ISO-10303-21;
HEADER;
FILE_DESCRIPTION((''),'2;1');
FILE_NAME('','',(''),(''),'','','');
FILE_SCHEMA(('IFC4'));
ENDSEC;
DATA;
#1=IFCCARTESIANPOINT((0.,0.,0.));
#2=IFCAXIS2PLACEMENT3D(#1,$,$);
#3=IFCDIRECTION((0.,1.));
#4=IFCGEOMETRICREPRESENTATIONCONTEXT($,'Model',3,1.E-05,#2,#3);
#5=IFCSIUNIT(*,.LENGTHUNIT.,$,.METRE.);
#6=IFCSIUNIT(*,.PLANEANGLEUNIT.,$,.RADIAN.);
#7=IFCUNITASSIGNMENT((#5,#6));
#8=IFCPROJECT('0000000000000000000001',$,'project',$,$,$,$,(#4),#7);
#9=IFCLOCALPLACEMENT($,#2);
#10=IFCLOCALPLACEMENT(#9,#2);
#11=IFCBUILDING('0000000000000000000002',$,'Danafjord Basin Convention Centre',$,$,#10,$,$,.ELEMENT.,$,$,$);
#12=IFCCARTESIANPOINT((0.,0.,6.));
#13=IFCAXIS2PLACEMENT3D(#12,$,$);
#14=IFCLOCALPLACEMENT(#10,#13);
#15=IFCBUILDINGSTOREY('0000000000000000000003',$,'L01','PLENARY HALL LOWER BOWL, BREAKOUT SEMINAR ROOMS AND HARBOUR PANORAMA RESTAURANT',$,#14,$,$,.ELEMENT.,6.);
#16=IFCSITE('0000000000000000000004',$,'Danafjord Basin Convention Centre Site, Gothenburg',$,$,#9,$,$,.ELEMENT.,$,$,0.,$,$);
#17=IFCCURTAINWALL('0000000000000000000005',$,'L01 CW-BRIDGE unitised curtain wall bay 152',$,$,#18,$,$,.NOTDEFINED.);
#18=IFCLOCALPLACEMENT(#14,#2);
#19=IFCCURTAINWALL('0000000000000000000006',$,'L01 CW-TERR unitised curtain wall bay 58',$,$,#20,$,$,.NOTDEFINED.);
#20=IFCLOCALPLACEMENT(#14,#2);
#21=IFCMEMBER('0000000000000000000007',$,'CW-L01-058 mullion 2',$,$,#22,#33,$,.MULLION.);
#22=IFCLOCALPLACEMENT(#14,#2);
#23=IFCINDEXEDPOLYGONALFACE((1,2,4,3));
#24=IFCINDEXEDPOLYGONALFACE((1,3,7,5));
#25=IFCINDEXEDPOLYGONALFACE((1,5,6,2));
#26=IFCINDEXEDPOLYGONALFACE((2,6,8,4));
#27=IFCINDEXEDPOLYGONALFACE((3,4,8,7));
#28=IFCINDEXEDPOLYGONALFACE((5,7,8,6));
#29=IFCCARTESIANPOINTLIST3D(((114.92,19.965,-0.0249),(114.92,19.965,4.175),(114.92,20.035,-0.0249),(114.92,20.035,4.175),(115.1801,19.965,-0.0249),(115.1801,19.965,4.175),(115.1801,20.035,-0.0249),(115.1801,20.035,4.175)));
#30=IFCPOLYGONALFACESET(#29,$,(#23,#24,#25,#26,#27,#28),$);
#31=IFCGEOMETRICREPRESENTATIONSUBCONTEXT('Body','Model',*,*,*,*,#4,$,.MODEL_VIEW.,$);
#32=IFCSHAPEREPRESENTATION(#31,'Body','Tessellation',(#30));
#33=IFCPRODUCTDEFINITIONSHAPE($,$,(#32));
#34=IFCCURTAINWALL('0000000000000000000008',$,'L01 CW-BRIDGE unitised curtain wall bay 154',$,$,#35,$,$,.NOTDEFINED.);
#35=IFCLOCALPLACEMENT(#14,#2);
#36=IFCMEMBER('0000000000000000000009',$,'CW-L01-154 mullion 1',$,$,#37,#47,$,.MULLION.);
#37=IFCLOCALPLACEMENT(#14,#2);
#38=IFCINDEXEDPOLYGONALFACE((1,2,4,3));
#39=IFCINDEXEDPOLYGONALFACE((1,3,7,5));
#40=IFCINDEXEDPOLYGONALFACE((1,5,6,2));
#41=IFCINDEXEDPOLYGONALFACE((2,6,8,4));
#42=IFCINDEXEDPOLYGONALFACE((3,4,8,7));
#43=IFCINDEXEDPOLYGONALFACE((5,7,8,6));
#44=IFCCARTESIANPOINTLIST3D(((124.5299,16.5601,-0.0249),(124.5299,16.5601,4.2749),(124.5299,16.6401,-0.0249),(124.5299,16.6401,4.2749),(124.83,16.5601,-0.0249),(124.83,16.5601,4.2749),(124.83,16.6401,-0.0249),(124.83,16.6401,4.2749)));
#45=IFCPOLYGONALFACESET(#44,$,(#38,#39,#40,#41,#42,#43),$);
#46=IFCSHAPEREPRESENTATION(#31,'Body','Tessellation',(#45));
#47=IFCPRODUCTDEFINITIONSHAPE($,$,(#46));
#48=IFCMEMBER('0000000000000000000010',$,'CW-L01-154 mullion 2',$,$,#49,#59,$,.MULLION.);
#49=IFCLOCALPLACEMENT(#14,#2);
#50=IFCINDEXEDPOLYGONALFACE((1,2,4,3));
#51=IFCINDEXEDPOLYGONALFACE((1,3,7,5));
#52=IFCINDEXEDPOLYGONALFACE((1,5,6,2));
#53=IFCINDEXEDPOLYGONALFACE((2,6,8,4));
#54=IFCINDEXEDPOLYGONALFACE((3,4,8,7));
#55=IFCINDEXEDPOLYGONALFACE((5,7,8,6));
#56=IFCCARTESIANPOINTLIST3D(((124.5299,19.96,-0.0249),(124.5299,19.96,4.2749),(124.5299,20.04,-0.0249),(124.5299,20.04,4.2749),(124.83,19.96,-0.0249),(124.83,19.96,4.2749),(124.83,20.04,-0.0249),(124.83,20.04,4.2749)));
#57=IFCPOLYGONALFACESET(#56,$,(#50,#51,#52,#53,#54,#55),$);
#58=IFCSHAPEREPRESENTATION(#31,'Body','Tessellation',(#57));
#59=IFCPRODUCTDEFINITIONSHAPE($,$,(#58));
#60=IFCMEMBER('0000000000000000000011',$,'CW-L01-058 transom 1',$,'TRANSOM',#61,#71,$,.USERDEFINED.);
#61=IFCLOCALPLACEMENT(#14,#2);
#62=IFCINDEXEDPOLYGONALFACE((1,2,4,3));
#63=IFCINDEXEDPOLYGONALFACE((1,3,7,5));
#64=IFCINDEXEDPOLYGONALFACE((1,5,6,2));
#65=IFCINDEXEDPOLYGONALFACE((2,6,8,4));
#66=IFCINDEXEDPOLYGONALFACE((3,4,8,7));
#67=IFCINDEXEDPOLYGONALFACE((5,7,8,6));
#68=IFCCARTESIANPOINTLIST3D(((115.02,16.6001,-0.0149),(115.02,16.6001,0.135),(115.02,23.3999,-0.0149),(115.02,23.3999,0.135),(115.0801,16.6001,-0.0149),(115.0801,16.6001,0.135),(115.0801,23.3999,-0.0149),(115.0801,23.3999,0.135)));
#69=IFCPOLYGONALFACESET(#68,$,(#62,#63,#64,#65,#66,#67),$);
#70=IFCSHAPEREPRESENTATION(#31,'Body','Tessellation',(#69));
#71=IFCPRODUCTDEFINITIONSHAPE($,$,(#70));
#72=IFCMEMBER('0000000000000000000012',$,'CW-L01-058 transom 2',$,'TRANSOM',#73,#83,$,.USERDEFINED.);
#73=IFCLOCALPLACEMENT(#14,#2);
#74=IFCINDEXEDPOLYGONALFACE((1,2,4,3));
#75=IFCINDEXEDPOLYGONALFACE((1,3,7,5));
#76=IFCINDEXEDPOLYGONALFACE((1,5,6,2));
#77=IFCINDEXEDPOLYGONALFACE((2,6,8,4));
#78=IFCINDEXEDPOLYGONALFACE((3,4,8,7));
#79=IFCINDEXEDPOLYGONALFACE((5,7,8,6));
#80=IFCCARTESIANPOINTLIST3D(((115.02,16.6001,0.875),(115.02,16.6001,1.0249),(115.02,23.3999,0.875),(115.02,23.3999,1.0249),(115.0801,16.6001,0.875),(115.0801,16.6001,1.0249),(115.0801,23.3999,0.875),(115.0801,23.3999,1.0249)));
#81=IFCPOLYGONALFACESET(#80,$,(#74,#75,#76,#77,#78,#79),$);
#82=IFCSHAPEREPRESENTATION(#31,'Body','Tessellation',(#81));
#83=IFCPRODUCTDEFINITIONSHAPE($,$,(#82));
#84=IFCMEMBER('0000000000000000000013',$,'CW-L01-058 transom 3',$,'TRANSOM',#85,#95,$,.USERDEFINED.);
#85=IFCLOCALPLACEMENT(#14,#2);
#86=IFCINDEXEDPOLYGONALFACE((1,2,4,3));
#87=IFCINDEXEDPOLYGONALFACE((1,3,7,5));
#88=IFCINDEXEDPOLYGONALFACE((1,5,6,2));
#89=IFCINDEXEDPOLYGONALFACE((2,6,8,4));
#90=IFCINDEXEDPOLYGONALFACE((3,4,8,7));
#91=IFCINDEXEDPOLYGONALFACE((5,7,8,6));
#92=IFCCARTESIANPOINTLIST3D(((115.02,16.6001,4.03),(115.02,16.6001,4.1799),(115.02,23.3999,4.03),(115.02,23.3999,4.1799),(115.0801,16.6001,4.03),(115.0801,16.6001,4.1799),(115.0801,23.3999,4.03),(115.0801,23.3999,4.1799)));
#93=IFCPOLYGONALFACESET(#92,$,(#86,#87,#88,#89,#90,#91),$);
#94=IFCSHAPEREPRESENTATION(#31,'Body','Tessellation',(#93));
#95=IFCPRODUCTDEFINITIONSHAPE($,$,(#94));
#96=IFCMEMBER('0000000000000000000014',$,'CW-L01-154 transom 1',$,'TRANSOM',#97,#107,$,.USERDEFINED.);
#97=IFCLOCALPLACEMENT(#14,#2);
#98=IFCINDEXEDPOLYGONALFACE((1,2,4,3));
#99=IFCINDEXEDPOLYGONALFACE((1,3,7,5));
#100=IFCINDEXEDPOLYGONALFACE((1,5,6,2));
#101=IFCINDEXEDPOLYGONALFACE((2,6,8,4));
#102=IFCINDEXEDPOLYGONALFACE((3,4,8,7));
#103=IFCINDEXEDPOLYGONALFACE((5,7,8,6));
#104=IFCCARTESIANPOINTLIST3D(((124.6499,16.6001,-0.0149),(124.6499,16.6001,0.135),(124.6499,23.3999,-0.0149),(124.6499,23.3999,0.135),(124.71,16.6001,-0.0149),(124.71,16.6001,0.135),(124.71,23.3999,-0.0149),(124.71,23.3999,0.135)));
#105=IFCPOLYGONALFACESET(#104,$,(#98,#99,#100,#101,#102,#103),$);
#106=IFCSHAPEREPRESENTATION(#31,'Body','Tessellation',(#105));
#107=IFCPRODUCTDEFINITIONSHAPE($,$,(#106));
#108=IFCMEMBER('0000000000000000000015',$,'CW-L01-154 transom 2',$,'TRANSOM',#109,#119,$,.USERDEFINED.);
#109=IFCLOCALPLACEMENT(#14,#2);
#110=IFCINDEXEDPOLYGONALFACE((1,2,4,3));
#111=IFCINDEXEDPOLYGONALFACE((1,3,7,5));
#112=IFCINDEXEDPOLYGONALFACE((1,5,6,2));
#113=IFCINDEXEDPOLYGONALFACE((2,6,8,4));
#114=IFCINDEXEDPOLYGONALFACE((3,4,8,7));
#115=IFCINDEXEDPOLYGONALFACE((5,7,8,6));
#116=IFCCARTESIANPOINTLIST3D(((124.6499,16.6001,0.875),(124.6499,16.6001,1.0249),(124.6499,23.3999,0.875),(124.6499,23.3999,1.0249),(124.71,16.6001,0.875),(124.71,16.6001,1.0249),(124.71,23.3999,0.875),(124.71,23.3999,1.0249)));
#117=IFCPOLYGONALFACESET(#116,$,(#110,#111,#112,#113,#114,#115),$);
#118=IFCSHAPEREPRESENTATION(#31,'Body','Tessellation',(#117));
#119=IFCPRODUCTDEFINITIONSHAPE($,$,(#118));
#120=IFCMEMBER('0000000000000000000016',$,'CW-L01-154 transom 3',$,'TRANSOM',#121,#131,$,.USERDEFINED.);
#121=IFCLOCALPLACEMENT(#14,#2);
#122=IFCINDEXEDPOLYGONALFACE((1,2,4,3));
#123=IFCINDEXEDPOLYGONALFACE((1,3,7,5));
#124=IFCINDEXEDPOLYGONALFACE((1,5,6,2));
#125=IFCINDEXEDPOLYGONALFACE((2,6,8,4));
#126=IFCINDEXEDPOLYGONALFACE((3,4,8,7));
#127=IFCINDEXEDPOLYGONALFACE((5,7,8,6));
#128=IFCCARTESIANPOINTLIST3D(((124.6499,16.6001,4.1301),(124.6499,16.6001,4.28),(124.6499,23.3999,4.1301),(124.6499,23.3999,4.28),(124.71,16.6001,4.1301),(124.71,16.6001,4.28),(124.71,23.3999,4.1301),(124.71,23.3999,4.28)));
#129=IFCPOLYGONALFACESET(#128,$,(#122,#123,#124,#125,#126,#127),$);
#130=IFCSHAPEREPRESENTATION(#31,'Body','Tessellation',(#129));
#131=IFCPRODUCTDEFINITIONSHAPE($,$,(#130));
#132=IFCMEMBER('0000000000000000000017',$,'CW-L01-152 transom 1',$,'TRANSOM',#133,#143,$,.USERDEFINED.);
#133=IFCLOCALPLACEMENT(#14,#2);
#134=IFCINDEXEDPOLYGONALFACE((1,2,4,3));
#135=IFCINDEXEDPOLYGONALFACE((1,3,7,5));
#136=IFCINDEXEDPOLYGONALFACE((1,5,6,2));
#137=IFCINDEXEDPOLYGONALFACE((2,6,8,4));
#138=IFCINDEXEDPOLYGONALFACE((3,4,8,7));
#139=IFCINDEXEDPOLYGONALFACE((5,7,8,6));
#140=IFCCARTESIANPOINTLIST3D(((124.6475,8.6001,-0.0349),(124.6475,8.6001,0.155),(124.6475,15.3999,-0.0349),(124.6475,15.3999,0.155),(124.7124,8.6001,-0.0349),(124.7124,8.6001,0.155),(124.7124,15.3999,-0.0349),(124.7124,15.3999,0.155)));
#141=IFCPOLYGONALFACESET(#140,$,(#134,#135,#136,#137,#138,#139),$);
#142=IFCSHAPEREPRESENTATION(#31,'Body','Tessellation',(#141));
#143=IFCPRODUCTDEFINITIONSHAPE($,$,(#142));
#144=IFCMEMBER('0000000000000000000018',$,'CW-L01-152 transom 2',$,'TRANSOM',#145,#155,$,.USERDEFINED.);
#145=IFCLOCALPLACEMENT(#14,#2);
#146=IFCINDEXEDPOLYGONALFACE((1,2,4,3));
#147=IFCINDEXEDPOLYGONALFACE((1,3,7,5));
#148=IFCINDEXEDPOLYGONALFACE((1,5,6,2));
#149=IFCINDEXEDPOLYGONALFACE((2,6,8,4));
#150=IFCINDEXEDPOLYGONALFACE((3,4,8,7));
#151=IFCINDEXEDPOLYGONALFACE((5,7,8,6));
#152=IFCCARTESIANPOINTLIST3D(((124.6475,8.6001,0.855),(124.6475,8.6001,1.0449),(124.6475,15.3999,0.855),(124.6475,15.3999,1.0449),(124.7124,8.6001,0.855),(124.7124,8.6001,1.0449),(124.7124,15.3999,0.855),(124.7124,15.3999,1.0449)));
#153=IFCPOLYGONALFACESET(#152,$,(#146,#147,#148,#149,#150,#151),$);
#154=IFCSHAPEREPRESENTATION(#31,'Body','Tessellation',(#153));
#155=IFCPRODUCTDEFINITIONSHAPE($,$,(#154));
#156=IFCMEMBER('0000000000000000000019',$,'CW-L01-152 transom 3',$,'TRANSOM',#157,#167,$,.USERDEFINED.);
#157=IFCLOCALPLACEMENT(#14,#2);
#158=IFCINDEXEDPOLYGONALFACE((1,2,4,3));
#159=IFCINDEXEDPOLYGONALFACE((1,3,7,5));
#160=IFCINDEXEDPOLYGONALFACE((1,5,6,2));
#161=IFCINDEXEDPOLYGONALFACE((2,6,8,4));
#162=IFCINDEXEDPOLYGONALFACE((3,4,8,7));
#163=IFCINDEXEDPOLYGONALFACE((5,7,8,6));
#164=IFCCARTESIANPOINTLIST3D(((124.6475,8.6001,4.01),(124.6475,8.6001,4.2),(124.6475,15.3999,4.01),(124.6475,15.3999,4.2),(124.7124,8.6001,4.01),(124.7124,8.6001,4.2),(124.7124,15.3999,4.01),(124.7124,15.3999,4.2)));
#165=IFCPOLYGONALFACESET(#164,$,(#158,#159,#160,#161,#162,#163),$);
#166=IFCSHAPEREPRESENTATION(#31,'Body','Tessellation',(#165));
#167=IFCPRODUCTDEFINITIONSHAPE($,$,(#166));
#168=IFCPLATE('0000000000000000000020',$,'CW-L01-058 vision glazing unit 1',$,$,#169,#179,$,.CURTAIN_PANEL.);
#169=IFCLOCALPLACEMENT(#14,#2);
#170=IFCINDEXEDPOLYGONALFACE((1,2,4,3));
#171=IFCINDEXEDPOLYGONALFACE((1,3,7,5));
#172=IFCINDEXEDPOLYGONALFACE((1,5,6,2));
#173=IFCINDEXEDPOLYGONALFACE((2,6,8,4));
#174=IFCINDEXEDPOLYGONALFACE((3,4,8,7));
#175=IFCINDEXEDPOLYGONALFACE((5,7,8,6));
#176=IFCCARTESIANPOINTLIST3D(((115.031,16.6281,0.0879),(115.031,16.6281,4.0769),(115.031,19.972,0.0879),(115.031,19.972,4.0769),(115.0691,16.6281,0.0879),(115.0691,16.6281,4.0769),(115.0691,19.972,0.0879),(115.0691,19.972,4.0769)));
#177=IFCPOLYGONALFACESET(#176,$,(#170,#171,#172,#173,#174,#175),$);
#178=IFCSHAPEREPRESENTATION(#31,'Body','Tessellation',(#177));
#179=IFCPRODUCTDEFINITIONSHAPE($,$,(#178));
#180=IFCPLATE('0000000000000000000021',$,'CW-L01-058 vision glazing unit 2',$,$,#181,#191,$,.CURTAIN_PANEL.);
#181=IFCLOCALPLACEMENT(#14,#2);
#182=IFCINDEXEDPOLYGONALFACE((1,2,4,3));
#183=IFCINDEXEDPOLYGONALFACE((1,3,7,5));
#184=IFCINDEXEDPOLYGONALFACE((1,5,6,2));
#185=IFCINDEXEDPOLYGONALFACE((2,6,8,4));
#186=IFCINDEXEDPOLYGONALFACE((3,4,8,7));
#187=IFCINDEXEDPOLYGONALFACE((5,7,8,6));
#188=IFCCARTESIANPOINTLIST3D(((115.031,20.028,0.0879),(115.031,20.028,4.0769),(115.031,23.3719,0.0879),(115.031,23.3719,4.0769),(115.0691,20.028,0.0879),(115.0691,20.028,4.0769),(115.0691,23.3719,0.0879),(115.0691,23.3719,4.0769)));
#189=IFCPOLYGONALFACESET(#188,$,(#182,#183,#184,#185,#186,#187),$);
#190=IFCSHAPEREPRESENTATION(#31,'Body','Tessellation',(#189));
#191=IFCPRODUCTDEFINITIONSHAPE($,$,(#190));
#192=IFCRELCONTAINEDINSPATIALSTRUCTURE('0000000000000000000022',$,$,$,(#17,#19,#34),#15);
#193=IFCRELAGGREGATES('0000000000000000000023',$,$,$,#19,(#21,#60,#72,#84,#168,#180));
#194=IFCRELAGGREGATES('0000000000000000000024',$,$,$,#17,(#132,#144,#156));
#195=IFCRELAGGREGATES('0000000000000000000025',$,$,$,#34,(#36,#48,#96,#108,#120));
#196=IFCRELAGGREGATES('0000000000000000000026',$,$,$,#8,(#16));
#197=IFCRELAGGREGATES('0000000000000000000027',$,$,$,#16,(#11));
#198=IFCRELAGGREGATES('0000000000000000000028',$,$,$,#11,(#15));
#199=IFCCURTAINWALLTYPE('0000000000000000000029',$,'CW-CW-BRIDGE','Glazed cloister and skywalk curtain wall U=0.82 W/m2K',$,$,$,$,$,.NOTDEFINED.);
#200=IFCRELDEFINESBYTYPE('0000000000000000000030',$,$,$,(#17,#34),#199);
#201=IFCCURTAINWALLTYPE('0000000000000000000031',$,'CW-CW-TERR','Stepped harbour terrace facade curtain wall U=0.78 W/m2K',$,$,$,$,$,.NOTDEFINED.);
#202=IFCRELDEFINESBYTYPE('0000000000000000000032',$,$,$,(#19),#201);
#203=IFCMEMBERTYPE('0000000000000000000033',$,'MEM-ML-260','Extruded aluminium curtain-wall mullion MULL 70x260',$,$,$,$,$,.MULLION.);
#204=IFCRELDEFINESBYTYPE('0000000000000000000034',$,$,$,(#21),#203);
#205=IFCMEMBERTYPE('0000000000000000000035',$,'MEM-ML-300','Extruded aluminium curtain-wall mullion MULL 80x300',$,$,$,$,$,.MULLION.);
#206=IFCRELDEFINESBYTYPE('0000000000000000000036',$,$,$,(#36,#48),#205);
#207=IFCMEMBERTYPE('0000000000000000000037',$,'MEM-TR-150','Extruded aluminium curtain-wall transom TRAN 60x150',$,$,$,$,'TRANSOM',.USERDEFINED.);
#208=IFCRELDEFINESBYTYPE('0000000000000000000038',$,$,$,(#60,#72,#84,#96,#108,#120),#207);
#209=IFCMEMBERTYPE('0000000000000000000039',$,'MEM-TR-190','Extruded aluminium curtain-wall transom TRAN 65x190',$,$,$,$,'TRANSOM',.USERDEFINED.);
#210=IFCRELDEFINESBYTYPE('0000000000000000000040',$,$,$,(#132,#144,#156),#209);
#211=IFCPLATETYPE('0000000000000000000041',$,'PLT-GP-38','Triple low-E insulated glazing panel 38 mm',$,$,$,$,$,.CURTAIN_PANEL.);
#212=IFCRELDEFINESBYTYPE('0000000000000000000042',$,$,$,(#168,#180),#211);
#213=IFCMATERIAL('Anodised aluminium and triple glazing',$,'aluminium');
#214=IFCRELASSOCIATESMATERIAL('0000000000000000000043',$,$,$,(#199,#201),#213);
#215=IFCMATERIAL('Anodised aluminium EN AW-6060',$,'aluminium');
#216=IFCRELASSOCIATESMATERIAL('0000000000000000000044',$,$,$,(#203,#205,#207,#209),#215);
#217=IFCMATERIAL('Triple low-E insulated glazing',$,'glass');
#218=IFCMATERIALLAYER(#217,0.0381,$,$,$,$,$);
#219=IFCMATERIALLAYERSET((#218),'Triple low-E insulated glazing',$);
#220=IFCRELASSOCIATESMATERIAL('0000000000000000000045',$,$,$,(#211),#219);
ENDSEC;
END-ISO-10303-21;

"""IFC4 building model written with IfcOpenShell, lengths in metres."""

from ifc_helpers import new_model, si_unit, direction, frame, origin, origin_2d, place, context, subcontext, project, spatial, rectangle, extrude, material, layer, layer_set, material_profile, profile_set, type_object, element, aggregate, save


model = new_model("IFC4")

# Units and contexts
model_context = context("Model", 3, precision=1e-05, world=origin(), true_north=direction((0.0, 1.0)))
body_context = subcontext(model_context, "Body", "Model", "MODEL_VIEW")
ifc_project = project(units=[si_unit("LENGTHUNIT", "METRE"), si_unit("PLANEANGLEUNIT", "RADIAN")], contexts=[model_context])

# Site, building, storey
site_placement = place(None, origin())
site = spatial("IfcSite", under=ifc_project, at=site_placement, Name="Danafjord Basin Convention Centre Site, Gothenburg", CompositionType="ELEMENT", RefElevation=0.0)
building_placement = place(site_placement, origin())
building = spatial("IfcBuilding", under=site, at=building_placement, Name="Danafjord Basin Convention Centre", CompositionType="ELEMENT")
storey_placement = place(building_placement, frame((0.0, 0.0, 6.0)))
storey = spatial("IfcBuildingStorey", under=building, at=storey_placement, Name="L01", Description="PLENARY HALL LOWER BOWL, BREAKOUT SEMINAR ROOMS AND HARBOUR PANORAMA RESTAURANT", CompositionType="ELEMENT", Elevation=6.0)

# Curtain walls, members
ifc_material_1 = material(Name="Anodised aluminium and triple glazing", Category="aluminium")
curtain_wall_type_1 = type_object("IfcCurtainWallType", Name="CW-CW-BRIDGE", Description="Glazed cloister and skywalk curtain wall U=0.82 W/m2K", PredefinedType="NOTDEFINED", material=ifc_material_1)
curtain_wall_1_placement = place(storey_placement, origin())
curtain_wall_1 = element("IfcCurtainWall", 1, at=curtain_wall_1_placement, inside=storey, type_object=curtain_wall_type_1, Name="L01 CW-BRIDGE unitised curtain wall bay 152", PredefinedType="NOTDEFINED")
ifc_material_2 = material(Name="Anodised aluminium EN AW-6060", Category="aluminium")
curtain_wall_type_2 = type_object("IfcCurtainWallType", Name="CW-CW-TERR", Description="Stepped harbour terrace facade curtain wall U=0.78 W/m2K", PredefinedType="NOTDEFINED", material=ifc_material_1)
curtain_wall_2_placement = place(storey_placement, origin())
curtain_wall_2 = element("IfcCurtainWall", 2, at=curtain_wall_2_placement, inside=storey, type_object=curtain_wall_type_2, Name="L01 CW-TERR unitised curtain wall bay 58", PredefinedType="NOTDEFINED")
ifc_material_profile_1 = material_profile(ifc_material_2, rectangle(XDim=0.0701, YDim=0.26, at=origin_2d()), Name="MULL 70x260")
ifc_profile_set_1 = profile_set([ifc_material_profile_1], Name="Anodised aluminium EN AW-6060")
member_type_1 = type_object("IfcMemberType", Name="MEM-ML-260", Description="Extruded aluminium curtain-wall mullion MULL 70x260", PredefinedType="MULLION", material=ifc_profile_set_1)
member_1_placement = place(storey_placement, frame((115.05, 20.0, -0.0249), z_axis=(0.0, 0.0, 1.0), x_axis=(0.0, 1.0, 0.0)))
member_1 = element("IfcMember", 3, at=member_1_placement, type_object=member_type_1, Name="CW-L01-058 mullion 2", PredefinedType="MULLION", context=body_context, shape_type="SweptSolid", body=[
    extrude(rectangle(XDim=0.0701, YDim=0.26, at=origin_2d()), origin(), (0.0, 0.0, 1.0), 4.2),
])
curtain_wall_3_placement = place(storey_placement, origin())
curtain_wall_3 = element("IfcCurtainWall", 4, at=curtain_wall_3_placement, inside=storey, type_object=curtain_wall_type_1, Name="L01 CW-BRIDGE unitised curtain wall bay 154", PredefinedType="NOTDEFINED")
ifc_material_profile_2 = material_profile(ifc_material_2, rectangle(XDim=0.0801, YDim=0.3, at=origin_2d()), Name="MULL 80x300")
ifc_profile_set_2 = profile_set([ifc_material_profile_2], Name="Anodised aluminium EN AW-6060")
member_type_2 = type_object("IfcMemberType", Name="MEM-ML-300", Description="Extruded aluminium curtain-wall mullion MULL 80x300", PredefinedType="MULLION", material=ifc_profile_set_2)
member_2_placement = place(storey_placement, frame((124.6799, 16.6001, -0.0249), z_axis=(0.0, 0.0, 1.0), x_axis=(0.0, 1.0, 0.0)))
member_2 = element("IfcMember", 5, at=member_2_placement, type_object=member_type_2, Name="CW-L01-154 mullion 1", PredefinedType="MULLION", context=body_context, shape_type="SweptSolid", body=[
    extrude(rectangle(XDim=0.0801, YDim=0.3, at=origin_2d()), origin(), (0.0, 0.0, 1.0), 4.2998),
])
member_3_placement = place(storey_placement, frame((124.6799, 20.0, -0.0249), z_axis=(0.0, 0.0, 1.0), x_axis=(0.0, 1.0, 0.0)))
member_3 = element("IfcMember", 6, at=member_3_placement, type_object=member_type_2, Name="CW-L01-154 mullion 2", PredefinedType="MULLION", context=body_context, shape_type="SweptSolid", body=[
    extrude(rectangle(XDim=0.0801, YDim=0.3, at=origin_2d()), origin(), (0.0, 0.0, 1.0), 4.2998),
])

# Members
ifc_material_profile_3 = material_profile(ifc_material_2, rectangle(XDim=0.0601, YDim=0.1499, at=origin_2d()), Name="TRAN 60x150")
ifc_profile_set_3 = profile_set([ifc_material_profile_3], Name="Anodised aluminium EN AW-6060")
member_type_3 = type_object("IfcMemberType", Name="MEM-TR-150", Description="Extruded aluminium curtain-wall transom TRAN 60x150", ElementType="TRANSOM", PredefinedType="USERDEFINED", material=ifc_profile_set_3)
member_4_placement = place(storey_placement, frame((115.05, 16.6001, 0.0601), z_axis=(0.0, 1.0, 0.0), x_axis=(-1.0, 0.0, 0.0)))
member_4 = element("IfcMember", 7, at=member_4_placement, type_object=member_type_3, Name="CW-L01-058 transom 1", ObjectType="TRANSOM", PredefinedType="USERDEFINED", context=body_context, shape_type="SweptSolid", body=[
    extrude(rectangle(XDim=0.0601, YDim=0.1499, at=origin_2d()), origin(), (0.0, 0.0, 1.0), 6.7998),
])
member_5_placement = place(storey_placement, frame((115.05, 16.6001, 0.95), z_axis=(0.0, 1.0, 0.0), x_axis=(-1.0, 0.0, 0.0)))
member_5 = element("IfcMember", 8, at=member_5_placement, type_object=member_type_3, Name="CW-L01-058 transom 2", ObjectType="TRANSOM", PredefinedType="USERDEFINED", context=body_context, shape_type="SweptSolid", body=[
    extrude(rectangle(XDim=0.0601, YDim=0.1499, at=origin_2d()), origin(), (0.0, 0.0, 1.0), 6.7998),
])
member_6_placement = place(storey_placement, frame((115.05, 16.6001, 4.105), z_axis=(0.0, 1.0, 0.0), x_axis=(-1.0, 0.0, 0.0)))
member_6 = element("IfcMember", 9, at=member_6_placement, type_object=member_type_3, Name="CW-L01-058 transom 3", ObjectType="TRANSOM", PredefinedType="USERDEFINED", context=body_context, shape_type="SweptSolid", body=[
    extrude(rectangle(XDim=0.0601, YDim=0.1499, at=origin_2d()), origin(), (0.0, 0.0, 1.0), 6.7998),
])
member_7_placement = place(storey_placement, frame((124.6799, 16.6001, 0.0601), z_axis=(0.0, 1.0, 0.0), x_axis=(-1.0, 0.0, 0.0)))
member_7 = element("IfcMember", 10, at=member_7_placement, type_object=member_type_3, Name="CW-L01-154 transom 1", ObjectType="TRANSOM", PredefinedType="USERDEFINED", context=body_context, shape_type="SweptSolid", body=[
    extrude(rectangle(XDim=0.0601, YDim=0.1499, at=origin_2d()), origin(), (0.0, 0.0, 1.0), 6.7998),
])
member_8_placement = place(storey_placement, frame((124.6799, 16.6001, 0.95), z_axis=(0.0, 1.0, 0.0), x_axis=(-1.0, 0.0, 0.0)))
member_8 = element("IfcMember", 11, at=member_8_placement, type_object=member_type_3, Name="CW-L01-154 transom 2", ObjectType="TRANSOM", PredefinedType="USERDEFINED", context=body_context, shape_type="SweptSolid", body=[
    extrude(rectangle(XDim=0.0601, YDim=0.1499, at=origin_2d()), origin(), (0.0, 0.0, 1.0), 6.7998),
])
member_9_placement = place(storey_placement, frame((124.6799, 16.6001, 4.2051), z_axis=(0.0, 1.0, 0.0), x_axis=(-1.0, 0.0, 0.0)))
member_9 = element("IfcMember", 12, at=member_9_placement, type_object=member_type_3, Name="CW-L01-154 transom 3", ObjectType="TRANSOM", PredefinedType="USERDEFINED", context=body_context, shape_type="SweptSolid", body=[
    extrude(rectangle(XDim=0.0601, YDim=0.1499, at=origin_2d()), origin(), (0.0, 0.0, 1.0), 6.7998),
])
ifc_material_profile_4 = material_profile(ifc_material_2, rectangle(XDim=0.0649, YDim=0.1899, at=origin_2d()), Name="TRAN 65x190")
ifc_profile_set_4 = profile_set([ifc_material_profile_4], Name="Anodised aluminium EN AW-6060")
member_type_4 = type_object("IfcMemberType", Name="MEM-TR-190", Description="Extruded aluminium curtain-wall transom TRAN 65x190", ElementType="TRANSOM", PredefinedType="USERDEFINED", material=ifc_profile_set_4)
member_10_placement = place(storey_placement, frame((124.6799, 8.6001, 0.0601), z_axis=(0.0, 1.0, 0.0), x_axis=(-1.0, 0.0, 0.0)))
member_10 = element("IfcMember", 13, at=member_10_placement, type_object=member_type_4, Name="CW-L01-152 transom 1", ObjectType="TRANSOM", PredefinedType="USERDEFINED", context=body_context, shape_type="SweptSolid", body=[
    extrude(rectangle(XDim=0.0649, YDim=0.1899, at=origin_2d()), origin(), (0.0, 0.0, 1.0), 6.7998),
])
member_11_placement = place(storey_placement, frame((124.6799, 8.6001, 0.95), z_axis=(0.0, 1.0, 0.0), x_axis=(-1.0, 0.0, 0.0)))
member_11 = element("IfcMember", 14, at=member_11_placement, type_object=member_type_4, Name="CW-L01-152 transom 2", ObjectType="TRANSOM", PredefinedType="USERDEFINED", context=body_context, shape_type="SweptSolid", body=[
    extrude(rectangle(XDim=0.0649, YDim=0.1899, at=origin_2d()), origin(), (0.0, 0.0, 1.0), 6.7998),
])
member_12_placement = place(storey_placement, frame((124.6799, 8.6001, 4.105), z_axis=(0.0, 1.0, 0.0), x_axis=(-1.0, 0.0, 0.0)))
member_12 = element("IfcMember", 15, at=member_12_placement, type_object=member_type_4, Name="CW-L01-152 transom 3", ObjectType="TRANSOM", PredefinedType="USERDEFINED", context=body_context, shape_type="SweptSolid", body=[
    extrude(rectangle(XDim=0.0649, YDim=0.1899, at=origin_2d()), origin(), (0.0, 0.0, 1.0), 6.7998),
])

# Plates
ifc_material_3 = material(Name="Triple low-E insulated glazing", Category="glass")
ifc_layer_1 = layer(ifc_material_3, 0.0381)
ifc_layer_set_1 = layer_set([ifc_layer_1], Name="Triple low-E insulated glazing")
plate_type = type_object("IfcPlateType", Name="PLT-GP-38", Description="Triple low-E insulated glazing panel 38 mm", PredefinedType="CURTAIN_PANEL", material=ifc_layer_set_1)
plate_1_placement = place(storey_placement, frame((115.05, 18.3, 0.0879), z_axis=(0.0, 0.0, 1.0), x_axis=(0.0, 1.0, 0.0)))
plate_1 = element("IfcPlate", 16, at=plate_1_placement, type_object=plate_type, Name="CW-L01-058 vision glazing unit 1", PredefinedType="CURTAIN_PANEL", context=body_context, shape_type="SweptSolid", body=[
    extrude(rectangle(XDim=3.344, YDim=0.0381, at=origin_2d()), origin(), (0.0, 0.0, 1.0), 3.989),
])
plate_2_placement = place(storey_placement, frame((115.05, 21.7, 0.0879), z_axis=(0.0, 0.0, 1.0), x_axis=(0.0, 1.0, 0.0)))
plate_2 = element("IfcPlate", 17, at=plate_2_placement, type_object=plate_type, Name="CW-L01-058 vision glazing unit 2", PredefinedType="CURTAIN_PANEL", context=body_context, shape_type="SweptSolid", body=[
    extrude(rectangle(XDim=3.344, YDim=0.0381, at=origin_2d()), origin(), (0.0, 0.0, 1.0), 3.989),
])
aggregate(curtain_wall_2, [member_1, member_4, member_5, member_6, plate_1, plate_2])
aggregate(curtain_wall_1, [member_10, member_11, member_12])
aggregate(curtain_wall_3, [member_2, member_3, member_7, member_8, member_9])

save(model, "model.ifc")
